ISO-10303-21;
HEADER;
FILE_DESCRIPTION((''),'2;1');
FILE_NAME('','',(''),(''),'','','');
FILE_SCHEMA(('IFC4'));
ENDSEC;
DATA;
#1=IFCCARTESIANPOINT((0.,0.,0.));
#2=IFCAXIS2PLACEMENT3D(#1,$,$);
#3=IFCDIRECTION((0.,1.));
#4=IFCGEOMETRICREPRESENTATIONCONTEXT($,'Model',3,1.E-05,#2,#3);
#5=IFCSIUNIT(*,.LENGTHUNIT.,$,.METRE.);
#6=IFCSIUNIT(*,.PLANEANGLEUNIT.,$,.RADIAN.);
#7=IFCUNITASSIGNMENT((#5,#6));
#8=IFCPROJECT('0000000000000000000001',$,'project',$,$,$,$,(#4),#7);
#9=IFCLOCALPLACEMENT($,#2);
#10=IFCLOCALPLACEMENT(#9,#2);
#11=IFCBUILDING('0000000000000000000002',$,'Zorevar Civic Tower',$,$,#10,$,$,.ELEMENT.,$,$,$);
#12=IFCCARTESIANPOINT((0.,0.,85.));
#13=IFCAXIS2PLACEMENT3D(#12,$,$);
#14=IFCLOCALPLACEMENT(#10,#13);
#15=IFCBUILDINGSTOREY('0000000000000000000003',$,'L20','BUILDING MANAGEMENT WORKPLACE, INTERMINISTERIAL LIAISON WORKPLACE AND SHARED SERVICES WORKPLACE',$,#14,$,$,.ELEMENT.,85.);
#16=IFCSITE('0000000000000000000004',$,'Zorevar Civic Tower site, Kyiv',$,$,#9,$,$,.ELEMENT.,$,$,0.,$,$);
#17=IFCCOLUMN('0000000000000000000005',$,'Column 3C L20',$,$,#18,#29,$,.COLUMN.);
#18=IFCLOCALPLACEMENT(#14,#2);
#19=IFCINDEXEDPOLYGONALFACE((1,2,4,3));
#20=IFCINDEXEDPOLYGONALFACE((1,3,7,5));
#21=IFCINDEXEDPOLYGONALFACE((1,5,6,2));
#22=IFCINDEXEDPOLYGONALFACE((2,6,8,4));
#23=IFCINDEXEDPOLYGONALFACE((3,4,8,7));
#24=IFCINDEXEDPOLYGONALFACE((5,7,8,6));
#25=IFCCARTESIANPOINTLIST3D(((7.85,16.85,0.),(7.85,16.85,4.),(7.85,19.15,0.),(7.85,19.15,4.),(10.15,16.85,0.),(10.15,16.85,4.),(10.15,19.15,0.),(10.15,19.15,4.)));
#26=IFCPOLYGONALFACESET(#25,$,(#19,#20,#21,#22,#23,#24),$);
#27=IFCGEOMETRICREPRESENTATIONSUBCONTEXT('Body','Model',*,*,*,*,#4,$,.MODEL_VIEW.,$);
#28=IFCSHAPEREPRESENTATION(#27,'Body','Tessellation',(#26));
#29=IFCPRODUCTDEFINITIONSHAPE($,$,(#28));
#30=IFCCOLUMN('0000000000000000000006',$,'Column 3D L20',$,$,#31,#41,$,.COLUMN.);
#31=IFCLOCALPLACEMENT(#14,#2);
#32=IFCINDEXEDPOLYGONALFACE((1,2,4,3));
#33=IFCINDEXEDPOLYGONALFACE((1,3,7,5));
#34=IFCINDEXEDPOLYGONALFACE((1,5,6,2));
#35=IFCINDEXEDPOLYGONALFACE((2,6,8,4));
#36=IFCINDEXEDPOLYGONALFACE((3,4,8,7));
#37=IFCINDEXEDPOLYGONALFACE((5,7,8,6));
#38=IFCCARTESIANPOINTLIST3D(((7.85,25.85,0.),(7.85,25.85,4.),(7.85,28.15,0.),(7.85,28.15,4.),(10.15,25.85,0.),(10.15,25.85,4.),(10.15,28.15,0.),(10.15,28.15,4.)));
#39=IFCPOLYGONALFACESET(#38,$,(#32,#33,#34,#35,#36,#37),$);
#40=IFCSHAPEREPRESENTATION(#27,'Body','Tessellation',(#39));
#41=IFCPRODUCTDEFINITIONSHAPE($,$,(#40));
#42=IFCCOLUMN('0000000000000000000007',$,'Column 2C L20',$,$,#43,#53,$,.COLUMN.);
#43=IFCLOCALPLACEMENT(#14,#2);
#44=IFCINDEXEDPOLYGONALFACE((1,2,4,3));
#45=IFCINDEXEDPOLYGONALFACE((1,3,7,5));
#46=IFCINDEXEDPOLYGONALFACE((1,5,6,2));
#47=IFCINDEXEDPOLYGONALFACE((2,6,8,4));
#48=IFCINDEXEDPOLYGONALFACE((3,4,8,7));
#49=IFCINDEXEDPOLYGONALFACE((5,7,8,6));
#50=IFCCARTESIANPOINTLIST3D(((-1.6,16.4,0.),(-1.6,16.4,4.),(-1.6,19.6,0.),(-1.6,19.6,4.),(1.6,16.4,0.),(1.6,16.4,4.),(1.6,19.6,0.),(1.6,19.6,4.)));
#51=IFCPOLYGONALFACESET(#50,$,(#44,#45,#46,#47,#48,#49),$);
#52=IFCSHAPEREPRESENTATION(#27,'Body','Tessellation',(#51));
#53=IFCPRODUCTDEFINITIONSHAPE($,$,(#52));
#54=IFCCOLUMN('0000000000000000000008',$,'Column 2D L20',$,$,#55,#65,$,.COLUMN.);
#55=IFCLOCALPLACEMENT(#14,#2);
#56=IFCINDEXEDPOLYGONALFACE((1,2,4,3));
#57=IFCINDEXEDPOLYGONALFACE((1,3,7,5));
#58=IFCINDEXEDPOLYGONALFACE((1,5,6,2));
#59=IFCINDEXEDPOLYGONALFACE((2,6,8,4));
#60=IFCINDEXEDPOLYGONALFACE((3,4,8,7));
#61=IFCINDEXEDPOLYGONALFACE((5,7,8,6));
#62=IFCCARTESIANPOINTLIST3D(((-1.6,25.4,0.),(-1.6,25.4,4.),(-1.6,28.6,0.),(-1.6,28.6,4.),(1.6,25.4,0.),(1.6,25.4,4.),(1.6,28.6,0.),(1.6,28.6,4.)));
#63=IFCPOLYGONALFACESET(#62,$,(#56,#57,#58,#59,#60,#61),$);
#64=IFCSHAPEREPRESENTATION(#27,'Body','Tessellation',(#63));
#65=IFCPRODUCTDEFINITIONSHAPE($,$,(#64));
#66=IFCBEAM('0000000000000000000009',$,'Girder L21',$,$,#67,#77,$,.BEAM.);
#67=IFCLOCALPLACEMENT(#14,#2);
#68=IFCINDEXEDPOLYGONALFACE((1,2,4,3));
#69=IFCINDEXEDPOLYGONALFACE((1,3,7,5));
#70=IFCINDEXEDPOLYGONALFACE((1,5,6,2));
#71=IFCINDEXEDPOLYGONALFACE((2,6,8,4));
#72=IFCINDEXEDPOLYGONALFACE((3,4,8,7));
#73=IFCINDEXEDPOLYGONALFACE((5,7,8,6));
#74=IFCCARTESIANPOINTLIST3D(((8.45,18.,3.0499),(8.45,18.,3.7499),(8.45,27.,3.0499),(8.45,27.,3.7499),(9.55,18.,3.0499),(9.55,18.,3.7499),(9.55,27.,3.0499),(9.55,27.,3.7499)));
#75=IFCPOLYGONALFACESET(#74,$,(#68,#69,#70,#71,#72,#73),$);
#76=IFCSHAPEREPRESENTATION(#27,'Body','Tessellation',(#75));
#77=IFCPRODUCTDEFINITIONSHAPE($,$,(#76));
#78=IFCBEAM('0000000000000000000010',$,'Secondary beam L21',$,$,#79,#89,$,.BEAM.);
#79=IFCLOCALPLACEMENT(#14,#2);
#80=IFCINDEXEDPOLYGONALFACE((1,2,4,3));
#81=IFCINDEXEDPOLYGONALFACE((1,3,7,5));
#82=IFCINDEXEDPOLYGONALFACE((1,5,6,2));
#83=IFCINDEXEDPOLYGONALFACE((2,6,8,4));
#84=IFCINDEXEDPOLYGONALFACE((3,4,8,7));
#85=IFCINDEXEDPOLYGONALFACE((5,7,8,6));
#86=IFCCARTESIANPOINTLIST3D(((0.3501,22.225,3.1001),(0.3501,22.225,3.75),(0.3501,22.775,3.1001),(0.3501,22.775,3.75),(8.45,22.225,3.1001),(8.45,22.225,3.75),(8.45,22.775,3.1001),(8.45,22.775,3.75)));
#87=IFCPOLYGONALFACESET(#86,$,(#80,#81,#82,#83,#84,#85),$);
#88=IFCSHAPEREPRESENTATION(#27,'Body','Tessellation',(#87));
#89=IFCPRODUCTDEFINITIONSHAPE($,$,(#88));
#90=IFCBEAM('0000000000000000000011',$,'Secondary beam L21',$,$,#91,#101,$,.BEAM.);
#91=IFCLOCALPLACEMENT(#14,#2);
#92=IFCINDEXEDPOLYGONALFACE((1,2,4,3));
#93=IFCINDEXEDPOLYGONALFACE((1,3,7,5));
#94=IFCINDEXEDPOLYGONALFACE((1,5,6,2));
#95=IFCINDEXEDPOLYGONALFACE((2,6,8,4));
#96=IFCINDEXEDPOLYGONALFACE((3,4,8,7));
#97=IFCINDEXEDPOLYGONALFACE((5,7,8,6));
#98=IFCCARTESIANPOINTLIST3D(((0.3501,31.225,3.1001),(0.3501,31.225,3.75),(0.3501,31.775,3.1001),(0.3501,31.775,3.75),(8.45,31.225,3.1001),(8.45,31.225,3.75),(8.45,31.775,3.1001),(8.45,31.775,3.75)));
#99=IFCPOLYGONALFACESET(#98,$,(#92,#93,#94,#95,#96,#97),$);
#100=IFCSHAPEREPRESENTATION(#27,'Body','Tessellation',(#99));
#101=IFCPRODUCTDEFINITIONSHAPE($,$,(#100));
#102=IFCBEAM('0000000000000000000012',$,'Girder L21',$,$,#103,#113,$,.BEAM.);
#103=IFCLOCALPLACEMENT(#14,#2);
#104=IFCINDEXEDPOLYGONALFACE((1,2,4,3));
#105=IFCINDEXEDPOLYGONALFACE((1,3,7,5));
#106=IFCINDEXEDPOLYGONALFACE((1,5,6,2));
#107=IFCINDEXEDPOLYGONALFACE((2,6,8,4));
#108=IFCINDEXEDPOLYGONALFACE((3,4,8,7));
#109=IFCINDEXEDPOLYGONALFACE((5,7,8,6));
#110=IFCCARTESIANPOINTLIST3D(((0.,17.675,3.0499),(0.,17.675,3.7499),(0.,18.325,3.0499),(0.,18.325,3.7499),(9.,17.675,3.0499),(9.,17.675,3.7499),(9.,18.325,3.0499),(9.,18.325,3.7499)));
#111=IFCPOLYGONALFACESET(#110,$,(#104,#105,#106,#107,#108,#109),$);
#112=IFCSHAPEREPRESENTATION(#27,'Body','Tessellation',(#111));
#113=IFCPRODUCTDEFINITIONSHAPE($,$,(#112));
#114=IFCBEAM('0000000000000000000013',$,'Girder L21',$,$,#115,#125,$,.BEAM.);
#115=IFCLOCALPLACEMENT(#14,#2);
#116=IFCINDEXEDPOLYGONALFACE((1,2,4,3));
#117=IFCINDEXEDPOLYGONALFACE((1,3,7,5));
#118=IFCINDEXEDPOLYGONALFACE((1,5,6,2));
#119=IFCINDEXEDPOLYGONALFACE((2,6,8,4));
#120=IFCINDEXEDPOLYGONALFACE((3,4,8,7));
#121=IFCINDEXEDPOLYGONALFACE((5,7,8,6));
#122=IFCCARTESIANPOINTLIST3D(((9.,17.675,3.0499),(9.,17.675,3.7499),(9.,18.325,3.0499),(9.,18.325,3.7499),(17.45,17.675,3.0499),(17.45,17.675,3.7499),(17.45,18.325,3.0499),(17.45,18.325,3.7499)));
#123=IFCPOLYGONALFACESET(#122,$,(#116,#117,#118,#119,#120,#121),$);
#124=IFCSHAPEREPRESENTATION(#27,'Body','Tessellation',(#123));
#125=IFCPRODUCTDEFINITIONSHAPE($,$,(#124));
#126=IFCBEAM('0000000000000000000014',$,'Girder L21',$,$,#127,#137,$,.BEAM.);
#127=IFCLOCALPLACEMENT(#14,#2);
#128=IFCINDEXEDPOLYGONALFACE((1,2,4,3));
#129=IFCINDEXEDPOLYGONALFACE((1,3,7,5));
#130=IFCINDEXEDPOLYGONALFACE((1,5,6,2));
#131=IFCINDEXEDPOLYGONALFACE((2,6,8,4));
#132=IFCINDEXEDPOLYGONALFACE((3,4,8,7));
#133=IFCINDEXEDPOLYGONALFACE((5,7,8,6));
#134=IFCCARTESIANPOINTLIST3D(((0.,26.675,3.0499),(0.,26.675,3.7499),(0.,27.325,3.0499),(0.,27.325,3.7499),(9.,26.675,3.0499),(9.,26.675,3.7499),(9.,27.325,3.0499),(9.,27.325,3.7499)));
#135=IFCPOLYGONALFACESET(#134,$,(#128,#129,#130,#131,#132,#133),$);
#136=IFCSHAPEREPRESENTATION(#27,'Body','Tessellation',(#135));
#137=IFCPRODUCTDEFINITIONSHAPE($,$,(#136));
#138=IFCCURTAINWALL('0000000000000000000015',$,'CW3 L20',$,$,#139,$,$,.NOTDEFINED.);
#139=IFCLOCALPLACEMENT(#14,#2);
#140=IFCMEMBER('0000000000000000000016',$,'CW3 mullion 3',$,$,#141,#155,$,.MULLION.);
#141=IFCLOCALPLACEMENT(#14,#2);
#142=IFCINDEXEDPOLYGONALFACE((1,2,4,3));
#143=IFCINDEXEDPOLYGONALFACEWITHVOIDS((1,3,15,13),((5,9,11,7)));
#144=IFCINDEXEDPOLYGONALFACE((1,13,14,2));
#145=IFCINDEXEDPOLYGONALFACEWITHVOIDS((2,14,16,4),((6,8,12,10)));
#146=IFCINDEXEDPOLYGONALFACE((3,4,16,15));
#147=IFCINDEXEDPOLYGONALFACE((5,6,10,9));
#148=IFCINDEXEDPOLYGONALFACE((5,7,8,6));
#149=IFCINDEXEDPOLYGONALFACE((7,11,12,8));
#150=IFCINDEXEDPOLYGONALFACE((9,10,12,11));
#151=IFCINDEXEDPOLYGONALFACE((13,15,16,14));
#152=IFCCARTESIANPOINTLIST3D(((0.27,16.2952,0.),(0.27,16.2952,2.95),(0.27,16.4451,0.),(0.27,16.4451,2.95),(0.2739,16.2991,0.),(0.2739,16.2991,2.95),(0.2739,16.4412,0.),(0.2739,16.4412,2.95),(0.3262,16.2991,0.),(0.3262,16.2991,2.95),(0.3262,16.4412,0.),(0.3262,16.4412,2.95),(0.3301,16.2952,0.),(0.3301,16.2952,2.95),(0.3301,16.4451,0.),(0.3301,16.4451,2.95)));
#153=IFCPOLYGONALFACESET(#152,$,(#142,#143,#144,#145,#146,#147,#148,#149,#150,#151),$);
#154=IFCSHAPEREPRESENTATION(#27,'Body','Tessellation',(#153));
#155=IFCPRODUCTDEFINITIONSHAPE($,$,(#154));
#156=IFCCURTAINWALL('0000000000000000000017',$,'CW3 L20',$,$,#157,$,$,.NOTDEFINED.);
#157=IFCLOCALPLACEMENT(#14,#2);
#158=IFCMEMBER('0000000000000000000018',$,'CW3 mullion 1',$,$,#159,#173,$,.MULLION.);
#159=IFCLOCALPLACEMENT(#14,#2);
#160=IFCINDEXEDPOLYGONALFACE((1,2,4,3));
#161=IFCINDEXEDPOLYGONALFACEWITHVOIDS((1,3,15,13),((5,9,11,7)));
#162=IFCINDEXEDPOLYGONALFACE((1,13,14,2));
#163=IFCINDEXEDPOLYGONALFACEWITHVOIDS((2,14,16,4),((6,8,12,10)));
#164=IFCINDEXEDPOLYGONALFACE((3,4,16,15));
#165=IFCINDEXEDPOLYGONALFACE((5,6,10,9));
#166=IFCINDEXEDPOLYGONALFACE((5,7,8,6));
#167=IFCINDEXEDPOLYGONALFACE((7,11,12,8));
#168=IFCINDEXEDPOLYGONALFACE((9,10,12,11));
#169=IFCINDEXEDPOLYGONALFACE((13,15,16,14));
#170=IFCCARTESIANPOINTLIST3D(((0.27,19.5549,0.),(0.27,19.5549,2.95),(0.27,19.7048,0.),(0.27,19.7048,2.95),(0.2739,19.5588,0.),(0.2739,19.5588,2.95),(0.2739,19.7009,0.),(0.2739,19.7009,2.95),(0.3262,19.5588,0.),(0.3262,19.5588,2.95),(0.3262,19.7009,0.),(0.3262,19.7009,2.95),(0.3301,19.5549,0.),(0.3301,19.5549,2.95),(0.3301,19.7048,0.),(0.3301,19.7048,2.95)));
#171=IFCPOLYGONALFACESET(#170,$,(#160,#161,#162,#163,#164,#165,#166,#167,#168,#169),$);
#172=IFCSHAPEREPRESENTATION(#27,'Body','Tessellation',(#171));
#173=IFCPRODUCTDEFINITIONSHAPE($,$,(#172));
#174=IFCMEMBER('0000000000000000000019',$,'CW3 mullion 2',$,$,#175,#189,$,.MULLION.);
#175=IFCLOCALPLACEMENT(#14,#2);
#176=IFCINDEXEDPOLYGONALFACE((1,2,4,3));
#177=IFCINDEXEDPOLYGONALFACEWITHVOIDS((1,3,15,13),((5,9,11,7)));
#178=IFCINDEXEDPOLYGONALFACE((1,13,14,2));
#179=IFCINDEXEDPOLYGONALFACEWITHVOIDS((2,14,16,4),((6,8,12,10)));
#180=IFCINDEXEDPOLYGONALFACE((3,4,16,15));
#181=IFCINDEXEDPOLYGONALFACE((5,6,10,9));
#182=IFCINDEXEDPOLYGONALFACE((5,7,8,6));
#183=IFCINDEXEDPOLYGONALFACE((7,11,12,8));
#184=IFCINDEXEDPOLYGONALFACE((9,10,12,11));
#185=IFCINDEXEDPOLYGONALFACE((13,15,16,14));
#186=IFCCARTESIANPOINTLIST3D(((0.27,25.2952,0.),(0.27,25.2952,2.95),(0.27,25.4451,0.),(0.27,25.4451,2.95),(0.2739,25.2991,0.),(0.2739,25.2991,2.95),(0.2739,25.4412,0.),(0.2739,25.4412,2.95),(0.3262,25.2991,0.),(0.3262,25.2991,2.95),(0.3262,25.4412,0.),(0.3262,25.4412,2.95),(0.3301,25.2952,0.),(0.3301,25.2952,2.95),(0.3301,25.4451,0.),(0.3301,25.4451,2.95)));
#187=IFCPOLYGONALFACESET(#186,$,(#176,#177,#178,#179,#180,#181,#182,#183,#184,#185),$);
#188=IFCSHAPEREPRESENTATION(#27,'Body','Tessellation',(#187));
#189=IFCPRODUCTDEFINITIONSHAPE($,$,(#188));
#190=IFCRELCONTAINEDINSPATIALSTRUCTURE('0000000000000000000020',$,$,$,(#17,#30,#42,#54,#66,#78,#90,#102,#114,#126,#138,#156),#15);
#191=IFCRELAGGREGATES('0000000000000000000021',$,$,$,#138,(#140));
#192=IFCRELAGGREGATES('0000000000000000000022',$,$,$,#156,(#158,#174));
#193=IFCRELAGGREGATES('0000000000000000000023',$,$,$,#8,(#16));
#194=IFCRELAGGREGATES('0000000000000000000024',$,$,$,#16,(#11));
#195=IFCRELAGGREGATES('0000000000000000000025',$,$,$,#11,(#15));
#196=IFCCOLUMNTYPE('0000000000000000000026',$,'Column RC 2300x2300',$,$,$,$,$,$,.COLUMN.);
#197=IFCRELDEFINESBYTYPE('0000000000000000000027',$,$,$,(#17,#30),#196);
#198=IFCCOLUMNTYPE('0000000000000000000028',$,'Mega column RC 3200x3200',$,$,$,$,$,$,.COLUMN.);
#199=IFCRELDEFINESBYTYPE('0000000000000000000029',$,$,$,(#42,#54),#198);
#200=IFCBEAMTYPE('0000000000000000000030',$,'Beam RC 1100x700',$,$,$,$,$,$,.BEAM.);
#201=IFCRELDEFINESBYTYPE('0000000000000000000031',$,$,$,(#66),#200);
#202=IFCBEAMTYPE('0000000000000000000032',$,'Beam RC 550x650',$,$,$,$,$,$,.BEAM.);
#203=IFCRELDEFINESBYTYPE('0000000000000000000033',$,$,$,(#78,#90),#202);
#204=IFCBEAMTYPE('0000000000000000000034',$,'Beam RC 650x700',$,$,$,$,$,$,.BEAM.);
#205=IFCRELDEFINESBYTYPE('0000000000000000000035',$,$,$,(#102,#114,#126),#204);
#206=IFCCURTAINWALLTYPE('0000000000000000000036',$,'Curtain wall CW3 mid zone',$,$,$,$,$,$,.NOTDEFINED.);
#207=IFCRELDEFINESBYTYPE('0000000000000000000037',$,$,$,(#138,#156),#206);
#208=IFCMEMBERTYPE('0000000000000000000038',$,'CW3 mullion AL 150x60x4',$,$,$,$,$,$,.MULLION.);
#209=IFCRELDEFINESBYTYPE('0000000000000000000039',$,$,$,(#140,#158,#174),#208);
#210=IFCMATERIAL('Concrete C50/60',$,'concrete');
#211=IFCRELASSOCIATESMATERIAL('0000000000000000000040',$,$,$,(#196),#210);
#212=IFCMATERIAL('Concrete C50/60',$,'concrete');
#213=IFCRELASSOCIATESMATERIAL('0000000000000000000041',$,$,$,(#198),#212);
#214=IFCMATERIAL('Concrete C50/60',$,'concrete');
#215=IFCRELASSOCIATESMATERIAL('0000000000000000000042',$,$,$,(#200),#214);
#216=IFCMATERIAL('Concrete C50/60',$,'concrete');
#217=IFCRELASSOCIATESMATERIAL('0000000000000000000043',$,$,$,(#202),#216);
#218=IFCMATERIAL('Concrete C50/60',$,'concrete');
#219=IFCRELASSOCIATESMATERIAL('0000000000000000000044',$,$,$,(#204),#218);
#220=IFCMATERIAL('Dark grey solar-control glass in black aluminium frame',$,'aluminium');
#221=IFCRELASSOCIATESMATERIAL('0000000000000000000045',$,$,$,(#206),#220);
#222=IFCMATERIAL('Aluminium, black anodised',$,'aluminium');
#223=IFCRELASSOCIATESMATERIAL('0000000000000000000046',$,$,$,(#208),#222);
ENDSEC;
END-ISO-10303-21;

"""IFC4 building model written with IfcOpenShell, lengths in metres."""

from ifc_helpers import new_model, si_unit, direction, frame, origin, origin_2d, place, context, subcontext, project, spatial, rectangle, hollow_rectangle, extrude, material, material_profile, profile_set, type_object, element, aggregate, save


model = new_model("IFC4")

# Units and contexts
model_context = context("Model", 3, precision=1e-05, world=origin(), true_north=direction((0.0, 1.0)))
body_context = subcontext(model_context, "Body", "Model", "MODEL_VIEW")
ifc_project = project(units=[si_unit("LENGTHUNIT", "METRE"), si_unit("PLANEANGLEUNIT", "RADIAN")], contexts=[model_context])

# Site, building, storey
site_placement = place(None, origin())
site = spatial("IfcSite", under=ifc_project, at=site_placement, Name="Zorevar Civic Tower site, Kyiv", CompositionType="ELEMENT", RefElevation=0.0)
building_placement = place(site_placement, origin())
building = spatial("IfcBuilding", under=site, at=building_placement, Name="Zorevar Civic Tower", CompositionType="ELEMENT")
storey_placement = place(building_placement, frame((0.0, 0.0, 85.0)))
storey = spatial("IfcBuildingStorey", under=building, at=storey_placement, Name="L20", Description="BUILDING MANAGEMENT WORKPLACE, INTERMINISTERIAL LIAISON WORKPLACE AND SHARED SERVICES WORKPLACE", CompositionType="ELEMENT", Elevation=85.0)

# Columns
ifc_material_1 = material(Name="Concrete C50/60", Category="concrete")
ifc_material_profile_1 = material_profile(ifc_material_1, rectangle(XDim=2.3, YDim=2.3, at=origin_2d()), Name="RC 2300x2300")
ifc_profile_set_1 = profile_set([ifc_material_profile_1], Name="Concrete C50/60")
column_type_1 = type_object("IfcColumnType", Name="Column RC 2300x2300", PredefinedType="COLUMN", material=ifc_profile_set_1)
for number, where, z_axis, x_axis, name in (
    (1, (9.0, 18.0, 0.0), (0.0, 0.0, 1.0), (1.0, 0.0, 0.0), "Column 3C L20"),
    (2, (9.0, 27.0, 0.0), (0.0, 0.0, 1.0), (1.0, 0.0, 0.0), "Column 3D L20"),
):
    element("IfcColumn", number, at=place(storey_placement, frame(where, z_axis=z_axis, x_axis=x_axis)), inside=storey, type_object=column_type_1, Name=name, PredefinedType="COLUMN", context=body_context, shape_type="SweptSolid", body=[
        extrude(rectangle(XDim=2.3, YDim=2.3, at=origin_2d()), origin(), (0.0, 0.0, 1.0), 4.0),
    ])
ifc_material_2 = material(Name="Concrete C50/60", Category="concrete")
ifc_material_profile_2 = material_profile(ifc_material_2, rectangle(XDim=3.2, YDim=3.2, at=origin_2d()), Name="RC 3200x3200")
ifc_profile_set_2 = profile_set([ifc_material_profile_2], Name="Concrete C50/60")
column_type_2 = type_object("IfcColumnType", Name="Mega column RC 3200x3200", PredefinedType="COLUMN", material=ifc_profile_set_2)
for number, where, z_axis, x_axis, name in (
    (3, (0.0, 18.0, 0.0), (0.0, 0.0, 1.0), (1.0, 0.0, 0.0), "Column 2C L20"),
    (4, (0.0, 27.0, 0.0), (0.0, 0.0, 1.0), (1.0, 0.0, 0.0), "Column 2D L20"),
):
    element("IfcColumn", number, at=place(storey_placement, frame(where, z_axis=z_axis, x_axis=x_axis)), inside=storey, type_object=column_type_2, Name=name, PredefinedType="COLUMN", context=body_context, shape_type="SweptSolid", body=[
        extrude(rectangle(XDim=3.2, YDim=3.2, at=origin_2d()), origin(), (0.0, 0.0, 1.0), 4.0),
    ])

# Beams
ifc_material_3 = material(Name="Concrete C50/60", Category="concrete")
ifc_material_profile_3 = material_profile(ifc_material_3, rectangle(XDim=1.1001, YDim=0.7, at=origin_2d()), Name="RC 1100x700")
ifc_profile_set_3 = profile_set([ifc_material_profile_3], Name="Concrete C50/60")
beam_type_1 = type_object("IfcBeamType", Name="Beam RC 1100x700", PredefinedType="BEAM", material=ifc_profile_set_3)
beam_1_placement = place(storey_placement, frame((9.0, 18.0, 3.3999), z_axis=(0.0, 1.0, 0.0), x_axis=(-1.0, 0.0, 0.0)))
element("IfcBeam", 5, at=beam_1_placement, inside=storey, type_object=beam_type_1, Name="Girder L21", PredefinedType="BEAM", context=body_context, shape_type="SweptSolid", body=[
    extrude(rectangle(XDim=1.1001, YDim=0.7, at=origin_2d()), origin(), (0.0, 0.0, 1.0), 9.0),
])
ifc_material_4 = material(Name="Concrete C50/60", Category="concrete")
ifc_material_profile_4 = material_profile(ifc_material_4, rectangle(XDim=0.55, YDim=0.6499, at=origin_2d()), Name="RC 550x650")
ifc_profile_set_4 = profile_set([ifc_material_profile_4], Name="Concrete C50/60")
beam_type_2 = type_object("IfcBeamType", Name="Beam RC 550x650", PredefinedType="BEAM", material=ifc_profile_set_4)
for number, where, z_axis, x_axis, name in (
    (6, (0.3501, 22.5, 3.425), (1.0, 0.0, 0.0), (0.0, 1.0, 0.0), "Secondary beam L21"),
    (7, (0.3501, 31.5, 3.425), (1.0, 0.0, 0.0), (0.0, 1.0, 0.0), "Secondary beam L21"),
):
    element("IfcBeam", number, at=place(storey_placement, frame(where, z_axis=z_axis, x_axis=x_axis)), inside=storey, type_object=beam_type_2, Name=name, PredefinedType="BEAM", context=body_context, shape_type="SweptSolid", body=[
        extrude(rectangle(XDim=0.55, YDim=0.6499, at=origin_2d()), origin(), (0.0, 0.0, 1.0), 8.0999),
    ])
ifc_material_5 = material(Name="Concrete C50/60", Category="concrete")
ifc_material_profile_5 = material_profile(ifc_material_5, rectangle(XDim=0.6499, YDim=0.7, at=origin_2d()), Name="RC 650x700")
ifc_profile_set_5 = profile_set([ifc_material_profile_5], Name="Concrete C50/60")
beam_type_3 = type_object("IfcBeamType", Name="Beam RC 650x700", PredefinedType="BEAM", material=ifc_profile_set_5)
beam_2_placement = place(storey_placement, frame((0.0, 18.0, 3.3999), z_axis=(1.0, 0.0, 0.0), x_axis=(0.0, 1.0, 0.0)))
element("IfcBeam", 8, at=beam_2_placement, inside=storey, type_object=beam_type_3, Name="Girder L21", PredefinedType="BEAM", context=body_context, shape_type="SweptSolid", body=[
    extrude(rectangle(XDim=0.6499, YDim=0.7, at=origin_2d()), origin(), (0.0, 0.0, 1.0), 9.0),
])
beam_3_placement = place(storey_placement, frame((9.0, 18.0, 3.3999), z_axis=(1.0, 0.0, 0.0), x_axis=(0.0, 1.0, 0.0)))
element("IfcBeam", 9, at=beam_3_placement, inside=storey, type_object=beam_type_3, Name="Girder L21", PredefinedType="BEAM", context=body_context, shape_type="SweptSolid", body=[
    extrude(rectangle(XDim=0.6499, YDim=0.7, at=origin_2d()), origin(), (0.0, 0.0, 1.0), 8.45),
])
beam_4_placement = place(storey_placement, frame((0.0, 27.0, 3.3999), z_axis=(1.0, 0.0, 0.0), x_axis=(0.0, 1.0, 0.0)))
element("IfcBeam", 10, at=beam_4_placement, inside=storey, type_object=beam_type_3, Name="Girder L21", PredefinedType="BEAM", context=body_context, shape_type="SweptSolid", body=[
    extrude(rectangle(XDim=0.6499, YDim=0.7, at=origin_2d()), origin(), (0.0, 0.0, 1.0), 9.0),
])

# Curtain wall, member
ifc_material_6 = material(Name="Dark grey solar-control glass in black aluminium frame", Category="aluminium")
curtain_wall_type = type_object("IfcCurtainWallType", Name="Curtain wall CW3 mid zone", PredefinedType="NOTDEFINED", material=ifc_material_6)
curtain_wall_1_placement = place(storey_placement, origin())
curtain_wall_1 = element("IfcCurtainWall", 11, at=curtain_wall_1_placement, inside=storey, type_object=curtain_wall_type, Name="CW3 L20", PredefinedType="NOTDEFINED")
ifc_material_7 = material(Name="Aluminium, black anodised", Category="aluminium")
ifc_material_profile_6 = material_profile(ifc_material_7, hollow_rectangle(XDim=0.0601, YDim=0.1499, WallThickness=0.0039, at=origin_2d()), Name="AL 150x60x4")
ifc_profile_set_6 = profile_set([ifc_material_profile_6], Name="Aluminium, black anodised")
member_type_1 = type_object("IfcMemberType", Name="CW3 mullion AL 150x60x4", PredefinedType="MULLION", material=ifc_profile_set_6)
member_1_placement = place(storey_placement, frame((0.3, 16.3701, 0.0), z_axis=(0.0, 0.0, 1.0), x_axis=(-1.0, 0.0, 0.0)))
member_1 = element("IfcMember", 12, at=member_1_placement, type_object=member_type_1, Name="CW3 mullion 3", PredefinedType="MULLION", context=body_context, shape_type="SweptSolid", body=[
    extrude(hollow_rectangle(XDim=0.0601, YDim=0.1499, WallThickness=0.0039, at=origin_2d()), origin(), (0.0, 0.0, 1.0), 2.95),
])

# Curtain wall, members
curtain_wall_2_placement = place(storey_placement, origin())
curtain_wall_2 = element("IfcCurtainWall", 13, at=curtain_wall_2_placement, inside=storey, type_object=curtain_wall_type, Name="CW3 L20", PredefinedType="NOTDEFINED")
member_2_placement = place(storey_placement, frame((0.3, 19.6299, 0.0), z_axis=(0.0, 0.0, 1.0), x_axis=(-1.0, 0.0, 0.0)))
member_2 = element("IfcMember", 14, at=member_2_placement, type_object=member_type_1, Name="CW3 mullion 1", PredefinedType="MULLION", context=body_context, shape_type="SweptSolid", body=[
    extrude(hollow_rectangle(XDim=0.0601, YDim=0.1499, WallThickness=0.0039, at=origin_2d()), origin(), (0.0, 0.0, 1.0), 2.95),
])
member_3_placement = place(storey_placement, frame((0.3, 25.3701, 0.0), z_axis=(0.0, 0.0, 1.0), x_axis=(-1.0, 0.0, 0.0)))
member_3 = element("IfcMember", 15, at=member_3_placement, type_object=member_type_1, Name="CW3 mullion 2", PredefinedType="MULLION", context=body_context, shape_type="SweptSolid", body=[
    extrude(hollow_rectangle(XDim=0.0601, YDim=0.1499, WallThickness=0.0039, at=origin_2d()), origin(), (0.0, 0.0, 1.0), 2.95),
])

aggregate(curtain_wall_1, [member_1])
aggregate(curtain_wall_2, [member_2, member_3])

save(model, "model.ifc")
